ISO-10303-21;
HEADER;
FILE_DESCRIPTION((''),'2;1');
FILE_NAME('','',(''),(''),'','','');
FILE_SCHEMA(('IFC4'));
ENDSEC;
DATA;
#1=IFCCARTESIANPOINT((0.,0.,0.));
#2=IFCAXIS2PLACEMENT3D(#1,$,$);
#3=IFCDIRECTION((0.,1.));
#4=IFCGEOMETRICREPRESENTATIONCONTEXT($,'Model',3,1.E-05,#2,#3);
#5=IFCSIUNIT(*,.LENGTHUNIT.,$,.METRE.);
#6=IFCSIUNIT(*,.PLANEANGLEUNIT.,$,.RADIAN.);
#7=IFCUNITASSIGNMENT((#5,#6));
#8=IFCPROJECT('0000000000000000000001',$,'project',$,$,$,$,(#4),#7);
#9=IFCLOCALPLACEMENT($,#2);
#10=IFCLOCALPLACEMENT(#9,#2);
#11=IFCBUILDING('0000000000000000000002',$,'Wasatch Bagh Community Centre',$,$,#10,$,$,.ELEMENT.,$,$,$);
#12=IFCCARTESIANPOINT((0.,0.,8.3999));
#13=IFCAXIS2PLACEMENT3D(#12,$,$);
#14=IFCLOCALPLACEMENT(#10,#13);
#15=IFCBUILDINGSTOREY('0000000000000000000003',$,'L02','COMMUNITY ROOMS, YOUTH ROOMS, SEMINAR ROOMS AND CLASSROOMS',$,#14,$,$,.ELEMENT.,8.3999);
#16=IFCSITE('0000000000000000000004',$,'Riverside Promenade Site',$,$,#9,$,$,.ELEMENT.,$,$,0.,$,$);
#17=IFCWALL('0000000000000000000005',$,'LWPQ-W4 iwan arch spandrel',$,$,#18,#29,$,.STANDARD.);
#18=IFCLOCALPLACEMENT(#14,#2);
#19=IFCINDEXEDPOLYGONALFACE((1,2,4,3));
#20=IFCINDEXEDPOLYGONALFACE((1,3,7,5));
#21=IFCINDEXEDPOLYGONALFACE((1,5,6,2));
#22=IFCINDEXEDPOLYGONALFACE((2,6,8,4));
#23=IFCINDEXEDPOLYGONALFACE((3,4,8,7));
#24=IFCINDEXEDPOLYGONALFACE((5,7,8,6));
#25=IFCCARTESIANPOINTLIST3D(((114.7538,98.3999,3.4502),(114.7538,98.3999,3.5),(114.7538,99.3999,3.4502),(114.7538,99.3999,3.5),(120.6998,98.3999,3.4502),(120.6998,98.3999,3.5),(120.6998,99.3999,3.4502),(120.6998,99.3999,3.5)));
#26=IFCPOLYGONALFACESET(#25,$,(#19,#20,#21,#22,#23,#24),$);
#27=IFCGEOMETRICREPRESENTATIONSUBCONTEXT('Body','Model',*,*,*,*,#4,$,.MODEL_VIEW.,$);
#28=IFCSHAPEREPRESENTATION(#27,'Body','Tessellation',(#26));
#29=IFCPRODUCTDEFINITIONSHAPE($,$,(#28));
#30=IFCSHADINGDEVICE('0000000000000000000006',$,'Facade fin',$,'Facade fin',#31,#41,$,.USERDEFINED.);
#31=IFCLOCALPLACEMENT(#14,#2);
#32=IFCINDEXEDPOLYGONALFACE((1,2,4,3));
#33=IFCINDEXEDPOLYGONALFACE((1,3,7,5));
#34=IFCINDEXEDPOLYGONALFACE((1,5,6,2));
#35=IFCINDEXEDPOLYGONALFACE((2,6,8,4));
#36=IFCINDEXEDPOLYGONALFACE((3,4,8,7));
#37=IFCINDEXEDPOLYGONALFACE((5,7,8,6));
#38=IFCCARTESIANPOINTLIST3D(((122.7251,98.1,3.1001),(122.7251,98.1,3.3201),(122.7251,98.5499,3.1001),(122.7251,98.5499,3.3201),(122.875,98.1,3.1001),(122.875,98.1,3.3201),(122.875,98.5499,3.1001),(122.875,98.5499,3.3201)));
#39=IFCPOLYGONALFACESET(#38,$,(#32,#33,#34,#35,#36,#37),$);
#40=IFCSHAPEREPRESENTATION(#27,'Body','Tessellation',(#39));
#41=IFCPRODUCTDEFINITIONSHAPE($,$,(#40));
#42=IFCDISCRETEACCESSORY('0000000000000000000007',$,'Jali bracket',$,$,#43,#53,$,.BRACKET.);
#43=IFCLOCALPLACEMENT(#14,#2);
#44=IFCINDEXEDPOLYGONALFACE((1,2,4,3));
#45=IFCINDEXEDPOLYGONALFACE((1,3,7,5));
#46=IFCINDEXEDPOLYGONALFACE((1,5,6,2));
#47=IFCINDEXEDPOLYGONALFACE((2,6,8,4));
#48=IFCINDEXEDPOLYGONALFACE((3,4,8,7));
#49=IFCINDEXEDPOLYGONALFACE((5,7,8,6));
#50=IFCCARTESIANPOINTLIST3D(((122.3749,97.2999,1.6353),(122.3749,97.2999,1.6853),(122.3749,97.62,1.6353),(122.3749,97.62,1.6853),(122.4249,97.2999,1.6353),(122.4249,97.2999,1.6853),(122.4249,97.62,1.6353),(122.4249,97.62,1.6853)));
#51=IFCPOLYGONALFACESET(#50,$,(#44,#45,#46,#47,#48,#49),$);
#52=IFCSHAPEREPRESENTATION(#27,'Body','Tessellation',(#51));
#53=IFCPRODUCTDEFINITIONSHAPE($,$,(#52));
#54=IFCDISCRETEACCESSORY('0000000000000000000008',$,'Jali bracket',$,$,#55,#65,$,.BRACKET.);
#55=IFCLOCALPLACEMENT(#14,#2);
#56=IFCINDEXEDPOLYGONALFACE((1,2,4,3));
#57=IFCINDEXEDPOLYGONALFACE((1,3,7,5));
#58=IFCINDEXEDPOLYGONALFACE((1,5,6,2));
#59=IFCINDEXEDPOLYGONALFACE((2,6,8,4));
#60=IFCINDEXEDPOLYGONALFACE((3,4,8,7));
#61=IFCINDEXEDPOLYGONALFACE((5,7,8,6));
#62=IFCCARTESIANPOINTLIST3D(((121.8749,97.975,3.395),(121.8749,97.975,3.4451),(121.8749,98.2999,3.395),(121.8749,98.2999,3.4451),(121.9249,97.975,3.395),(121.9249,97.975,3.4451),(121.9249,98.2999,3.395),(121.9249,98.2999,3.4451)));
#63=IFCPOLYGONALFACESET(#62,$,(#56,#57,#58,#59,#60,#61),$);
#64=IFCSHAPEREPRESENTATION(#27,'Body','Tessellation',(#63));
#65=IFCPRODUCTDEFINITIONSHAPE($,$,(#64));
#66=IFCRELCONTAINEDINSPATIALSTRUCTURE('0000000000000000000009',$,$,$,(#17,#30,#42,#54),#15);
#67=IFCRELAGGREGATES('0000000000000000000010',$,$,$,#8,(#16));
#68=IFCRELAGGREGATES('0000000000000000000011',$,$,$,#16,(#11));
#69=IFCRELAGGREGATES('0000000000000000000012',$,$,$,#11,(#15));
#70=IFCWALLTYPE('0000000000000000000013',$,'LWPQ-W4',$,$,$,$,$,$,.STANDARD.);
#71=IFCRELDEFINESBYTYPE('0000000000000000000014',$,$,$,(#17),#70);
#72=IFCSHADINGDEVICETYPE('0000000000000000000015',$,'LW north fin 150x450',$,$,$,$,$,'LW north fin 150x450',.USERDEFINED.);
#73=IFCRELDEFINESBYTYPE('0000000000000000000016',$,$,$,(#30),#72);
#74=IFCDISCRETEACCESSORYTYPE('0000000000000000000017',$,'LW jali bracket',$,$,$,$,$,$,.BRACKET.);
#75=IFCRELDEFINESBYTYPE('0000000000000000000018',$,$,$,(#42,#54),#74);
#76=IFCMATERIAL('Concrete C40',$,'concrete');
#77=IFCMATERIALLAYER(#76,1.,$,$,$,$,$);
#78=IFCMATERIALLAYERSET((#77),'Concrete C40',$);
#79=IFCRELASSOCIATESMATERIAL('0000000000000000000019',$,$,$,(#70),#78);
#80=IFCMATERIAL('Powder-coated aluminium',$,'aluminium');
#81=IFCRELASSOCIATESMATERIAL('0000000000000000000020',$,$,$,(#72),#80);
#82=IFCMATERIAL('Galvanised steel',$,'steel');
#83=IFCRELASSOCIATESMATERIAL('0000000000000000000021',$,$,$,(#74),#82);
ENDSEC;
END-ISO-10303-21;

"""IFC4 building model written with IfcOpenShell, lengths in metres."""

from ifc_helpers import new_model, si_unit, direction, frame, frame_2d, origin, origin_2d, place, context, subcontext, project, spatial, rectangle, extrude, material, layer, layer_set, type_object, element, save


model = new_model("IFC4")

# Units and contexts
model_context = context("Model", 3, precision=1e-05, world=origin(), true_north=direction((0.0, 1.0)))
body_context = subcontext(model_context, "Body", "Model", "MODEL_VIEW")
ifc_project = project(units=[si_unit("LENGTHUNIT", "METRE"), si_unit("PLANEANGLEUNIT", "RADIAN")], contexts=[model_context])

# Site, building, storey
site_placement = place(None, origin())
site = spatial("IfcSite", under=ifc_project, at=site_placement, Name="Riverside Promenade Site", CompositionType="ELEMENT", RefElevation=0.0)
building_placement = place(site_placement, origin())
building = spatial("IfcBuilding", under=site, at=building_placement, Name="Wasatch Bagh Community Centre", CompositionType="ELEMENT")
storey_placement = place(building_placement, frame((0.0, 0.0, 8.3999)))
storey = spatial("IfcBuildingStorey", under=building, at=storey_placement, Name="L02", Description="COMMUNITY ROOMS, YOUTH ROOMS, SEMINAR ROOMS AND CLASSROOMS", CompositionType="ELEMENT", Elevation=8.3999)

# Shared definitions
ifc_material_1 = material(Name="Concrete C40", Category="concrete")

# Wall
ifc_layer_1 = layer(ifc_material_1, 1.0)
ifc_layer_set_1 = layer_set([ifc_layer_1], Name="Concrete C40")
wall_type_1 = type_object("IfcWallType", Name="LWPQ-W4", PredefinedType="STANDARD", material=ifc_layer_set_1)
wall_1_placement = place(storey_placement, frame((120.7, 98.8999, 3.4502), z_axis=(0.0, 0.0, 1.0), x_axis=(-1.0, 0.0, 0.0)))
element("IfcWall", 1, at=wall_1_placement, inside=storey, type_object=wall_type_1, Name="LWPQ-W4 iwan arch spandrel", PredefinedType="STANDARD", context=body_context, shape_type="SweptSolid", body=[
    extrude(rectangle(XDim=5.946, YDim=1.0, at=frame_2d((2.9731, 0.0))), origin(), (0.0, 0.0, 1.0), 0.0498),
])

# Shading device
ifc_material_2 = material(Name="Powder-coated aluminium", Category="aluminium")
shading_device_type = type_object("IfcShadingDeviceType", Name="LW north fin 150x450", ElementType="LW north fin 150x450", PredefinedType="USERDEFINED", material=ifc_material_2)
shading_device_placement = place(storey_placement, frame((122.8, 98.325, 3.1001), z_axis=(0.0, 0.0, 1.0), x_axis=(1.0, 0.0, 0.0)))
element("IfcShadingDevice", 2, at=shading_device_placement, inside=storey, type_object=shading_device_type, Name="Facade fin", ObjectType="Facade fin", PredefinedType="USERDEFINED", context=body_context, shape_type="SweptSolid", body=[
    extrude(rectangle(XDim=0.1499, YDim=0.45, at=origin_2d()), origin(), (0.0, 0.0, 1.0), 0.22),
])

# Discrete accessories
ifc_material_3 = material(Name="Galvanised steel", Category="steel")
discrete_accessory_type = type_object("IfcDiscreteAccessoryType", Name="LW jali bracket", PredefinedType="BRACKET", material=ifc_material_3)
discrete_accessory_1_placement = place(storey_placement, frame((122.3999, 97.46, 1.6353), z_axis=(0.0, 0.0, 1.0), x_axis=(1.0, 0.0, 0.0)))
element("IfcDiscreteAccessory", 3, at=discrete_accessory_1_placement, inside=storey, type_object=discrete_accessory_type, Name="Jali bracket", PredefinedType="BRACKET", context=body_context, shape_type="SweptSolid", body=[
    extrude(rectangle(XDim=0.05, YDim=0.3201, at=origin_2d()), origin(), (0.0, 0.0, 1.0), 0.05),
])
discrete_accessory_2_placement = place(storey_placement, frame((121.8999, 98.1375, 3.395), z_axis=(0.0, 0.0, 1.0), x_axis=(1.0, 0.0, 0.0)))
element("IfcDiscreteAccessory", 4, at=discrete_accessory_2_placement, inside=storey, type_object=discrete_accessory_type, Name="Jali bracket", PredefinedType="BRACKET", context=body_context, shape_type="SweptSolid", body=[
    extrude(rectangle(XDim=0.05, YDim=0.325, at=origin_2d()), origin(), (0.0, 0.0, 1.0), 0.05),
])

save(model, "model.ifc")
